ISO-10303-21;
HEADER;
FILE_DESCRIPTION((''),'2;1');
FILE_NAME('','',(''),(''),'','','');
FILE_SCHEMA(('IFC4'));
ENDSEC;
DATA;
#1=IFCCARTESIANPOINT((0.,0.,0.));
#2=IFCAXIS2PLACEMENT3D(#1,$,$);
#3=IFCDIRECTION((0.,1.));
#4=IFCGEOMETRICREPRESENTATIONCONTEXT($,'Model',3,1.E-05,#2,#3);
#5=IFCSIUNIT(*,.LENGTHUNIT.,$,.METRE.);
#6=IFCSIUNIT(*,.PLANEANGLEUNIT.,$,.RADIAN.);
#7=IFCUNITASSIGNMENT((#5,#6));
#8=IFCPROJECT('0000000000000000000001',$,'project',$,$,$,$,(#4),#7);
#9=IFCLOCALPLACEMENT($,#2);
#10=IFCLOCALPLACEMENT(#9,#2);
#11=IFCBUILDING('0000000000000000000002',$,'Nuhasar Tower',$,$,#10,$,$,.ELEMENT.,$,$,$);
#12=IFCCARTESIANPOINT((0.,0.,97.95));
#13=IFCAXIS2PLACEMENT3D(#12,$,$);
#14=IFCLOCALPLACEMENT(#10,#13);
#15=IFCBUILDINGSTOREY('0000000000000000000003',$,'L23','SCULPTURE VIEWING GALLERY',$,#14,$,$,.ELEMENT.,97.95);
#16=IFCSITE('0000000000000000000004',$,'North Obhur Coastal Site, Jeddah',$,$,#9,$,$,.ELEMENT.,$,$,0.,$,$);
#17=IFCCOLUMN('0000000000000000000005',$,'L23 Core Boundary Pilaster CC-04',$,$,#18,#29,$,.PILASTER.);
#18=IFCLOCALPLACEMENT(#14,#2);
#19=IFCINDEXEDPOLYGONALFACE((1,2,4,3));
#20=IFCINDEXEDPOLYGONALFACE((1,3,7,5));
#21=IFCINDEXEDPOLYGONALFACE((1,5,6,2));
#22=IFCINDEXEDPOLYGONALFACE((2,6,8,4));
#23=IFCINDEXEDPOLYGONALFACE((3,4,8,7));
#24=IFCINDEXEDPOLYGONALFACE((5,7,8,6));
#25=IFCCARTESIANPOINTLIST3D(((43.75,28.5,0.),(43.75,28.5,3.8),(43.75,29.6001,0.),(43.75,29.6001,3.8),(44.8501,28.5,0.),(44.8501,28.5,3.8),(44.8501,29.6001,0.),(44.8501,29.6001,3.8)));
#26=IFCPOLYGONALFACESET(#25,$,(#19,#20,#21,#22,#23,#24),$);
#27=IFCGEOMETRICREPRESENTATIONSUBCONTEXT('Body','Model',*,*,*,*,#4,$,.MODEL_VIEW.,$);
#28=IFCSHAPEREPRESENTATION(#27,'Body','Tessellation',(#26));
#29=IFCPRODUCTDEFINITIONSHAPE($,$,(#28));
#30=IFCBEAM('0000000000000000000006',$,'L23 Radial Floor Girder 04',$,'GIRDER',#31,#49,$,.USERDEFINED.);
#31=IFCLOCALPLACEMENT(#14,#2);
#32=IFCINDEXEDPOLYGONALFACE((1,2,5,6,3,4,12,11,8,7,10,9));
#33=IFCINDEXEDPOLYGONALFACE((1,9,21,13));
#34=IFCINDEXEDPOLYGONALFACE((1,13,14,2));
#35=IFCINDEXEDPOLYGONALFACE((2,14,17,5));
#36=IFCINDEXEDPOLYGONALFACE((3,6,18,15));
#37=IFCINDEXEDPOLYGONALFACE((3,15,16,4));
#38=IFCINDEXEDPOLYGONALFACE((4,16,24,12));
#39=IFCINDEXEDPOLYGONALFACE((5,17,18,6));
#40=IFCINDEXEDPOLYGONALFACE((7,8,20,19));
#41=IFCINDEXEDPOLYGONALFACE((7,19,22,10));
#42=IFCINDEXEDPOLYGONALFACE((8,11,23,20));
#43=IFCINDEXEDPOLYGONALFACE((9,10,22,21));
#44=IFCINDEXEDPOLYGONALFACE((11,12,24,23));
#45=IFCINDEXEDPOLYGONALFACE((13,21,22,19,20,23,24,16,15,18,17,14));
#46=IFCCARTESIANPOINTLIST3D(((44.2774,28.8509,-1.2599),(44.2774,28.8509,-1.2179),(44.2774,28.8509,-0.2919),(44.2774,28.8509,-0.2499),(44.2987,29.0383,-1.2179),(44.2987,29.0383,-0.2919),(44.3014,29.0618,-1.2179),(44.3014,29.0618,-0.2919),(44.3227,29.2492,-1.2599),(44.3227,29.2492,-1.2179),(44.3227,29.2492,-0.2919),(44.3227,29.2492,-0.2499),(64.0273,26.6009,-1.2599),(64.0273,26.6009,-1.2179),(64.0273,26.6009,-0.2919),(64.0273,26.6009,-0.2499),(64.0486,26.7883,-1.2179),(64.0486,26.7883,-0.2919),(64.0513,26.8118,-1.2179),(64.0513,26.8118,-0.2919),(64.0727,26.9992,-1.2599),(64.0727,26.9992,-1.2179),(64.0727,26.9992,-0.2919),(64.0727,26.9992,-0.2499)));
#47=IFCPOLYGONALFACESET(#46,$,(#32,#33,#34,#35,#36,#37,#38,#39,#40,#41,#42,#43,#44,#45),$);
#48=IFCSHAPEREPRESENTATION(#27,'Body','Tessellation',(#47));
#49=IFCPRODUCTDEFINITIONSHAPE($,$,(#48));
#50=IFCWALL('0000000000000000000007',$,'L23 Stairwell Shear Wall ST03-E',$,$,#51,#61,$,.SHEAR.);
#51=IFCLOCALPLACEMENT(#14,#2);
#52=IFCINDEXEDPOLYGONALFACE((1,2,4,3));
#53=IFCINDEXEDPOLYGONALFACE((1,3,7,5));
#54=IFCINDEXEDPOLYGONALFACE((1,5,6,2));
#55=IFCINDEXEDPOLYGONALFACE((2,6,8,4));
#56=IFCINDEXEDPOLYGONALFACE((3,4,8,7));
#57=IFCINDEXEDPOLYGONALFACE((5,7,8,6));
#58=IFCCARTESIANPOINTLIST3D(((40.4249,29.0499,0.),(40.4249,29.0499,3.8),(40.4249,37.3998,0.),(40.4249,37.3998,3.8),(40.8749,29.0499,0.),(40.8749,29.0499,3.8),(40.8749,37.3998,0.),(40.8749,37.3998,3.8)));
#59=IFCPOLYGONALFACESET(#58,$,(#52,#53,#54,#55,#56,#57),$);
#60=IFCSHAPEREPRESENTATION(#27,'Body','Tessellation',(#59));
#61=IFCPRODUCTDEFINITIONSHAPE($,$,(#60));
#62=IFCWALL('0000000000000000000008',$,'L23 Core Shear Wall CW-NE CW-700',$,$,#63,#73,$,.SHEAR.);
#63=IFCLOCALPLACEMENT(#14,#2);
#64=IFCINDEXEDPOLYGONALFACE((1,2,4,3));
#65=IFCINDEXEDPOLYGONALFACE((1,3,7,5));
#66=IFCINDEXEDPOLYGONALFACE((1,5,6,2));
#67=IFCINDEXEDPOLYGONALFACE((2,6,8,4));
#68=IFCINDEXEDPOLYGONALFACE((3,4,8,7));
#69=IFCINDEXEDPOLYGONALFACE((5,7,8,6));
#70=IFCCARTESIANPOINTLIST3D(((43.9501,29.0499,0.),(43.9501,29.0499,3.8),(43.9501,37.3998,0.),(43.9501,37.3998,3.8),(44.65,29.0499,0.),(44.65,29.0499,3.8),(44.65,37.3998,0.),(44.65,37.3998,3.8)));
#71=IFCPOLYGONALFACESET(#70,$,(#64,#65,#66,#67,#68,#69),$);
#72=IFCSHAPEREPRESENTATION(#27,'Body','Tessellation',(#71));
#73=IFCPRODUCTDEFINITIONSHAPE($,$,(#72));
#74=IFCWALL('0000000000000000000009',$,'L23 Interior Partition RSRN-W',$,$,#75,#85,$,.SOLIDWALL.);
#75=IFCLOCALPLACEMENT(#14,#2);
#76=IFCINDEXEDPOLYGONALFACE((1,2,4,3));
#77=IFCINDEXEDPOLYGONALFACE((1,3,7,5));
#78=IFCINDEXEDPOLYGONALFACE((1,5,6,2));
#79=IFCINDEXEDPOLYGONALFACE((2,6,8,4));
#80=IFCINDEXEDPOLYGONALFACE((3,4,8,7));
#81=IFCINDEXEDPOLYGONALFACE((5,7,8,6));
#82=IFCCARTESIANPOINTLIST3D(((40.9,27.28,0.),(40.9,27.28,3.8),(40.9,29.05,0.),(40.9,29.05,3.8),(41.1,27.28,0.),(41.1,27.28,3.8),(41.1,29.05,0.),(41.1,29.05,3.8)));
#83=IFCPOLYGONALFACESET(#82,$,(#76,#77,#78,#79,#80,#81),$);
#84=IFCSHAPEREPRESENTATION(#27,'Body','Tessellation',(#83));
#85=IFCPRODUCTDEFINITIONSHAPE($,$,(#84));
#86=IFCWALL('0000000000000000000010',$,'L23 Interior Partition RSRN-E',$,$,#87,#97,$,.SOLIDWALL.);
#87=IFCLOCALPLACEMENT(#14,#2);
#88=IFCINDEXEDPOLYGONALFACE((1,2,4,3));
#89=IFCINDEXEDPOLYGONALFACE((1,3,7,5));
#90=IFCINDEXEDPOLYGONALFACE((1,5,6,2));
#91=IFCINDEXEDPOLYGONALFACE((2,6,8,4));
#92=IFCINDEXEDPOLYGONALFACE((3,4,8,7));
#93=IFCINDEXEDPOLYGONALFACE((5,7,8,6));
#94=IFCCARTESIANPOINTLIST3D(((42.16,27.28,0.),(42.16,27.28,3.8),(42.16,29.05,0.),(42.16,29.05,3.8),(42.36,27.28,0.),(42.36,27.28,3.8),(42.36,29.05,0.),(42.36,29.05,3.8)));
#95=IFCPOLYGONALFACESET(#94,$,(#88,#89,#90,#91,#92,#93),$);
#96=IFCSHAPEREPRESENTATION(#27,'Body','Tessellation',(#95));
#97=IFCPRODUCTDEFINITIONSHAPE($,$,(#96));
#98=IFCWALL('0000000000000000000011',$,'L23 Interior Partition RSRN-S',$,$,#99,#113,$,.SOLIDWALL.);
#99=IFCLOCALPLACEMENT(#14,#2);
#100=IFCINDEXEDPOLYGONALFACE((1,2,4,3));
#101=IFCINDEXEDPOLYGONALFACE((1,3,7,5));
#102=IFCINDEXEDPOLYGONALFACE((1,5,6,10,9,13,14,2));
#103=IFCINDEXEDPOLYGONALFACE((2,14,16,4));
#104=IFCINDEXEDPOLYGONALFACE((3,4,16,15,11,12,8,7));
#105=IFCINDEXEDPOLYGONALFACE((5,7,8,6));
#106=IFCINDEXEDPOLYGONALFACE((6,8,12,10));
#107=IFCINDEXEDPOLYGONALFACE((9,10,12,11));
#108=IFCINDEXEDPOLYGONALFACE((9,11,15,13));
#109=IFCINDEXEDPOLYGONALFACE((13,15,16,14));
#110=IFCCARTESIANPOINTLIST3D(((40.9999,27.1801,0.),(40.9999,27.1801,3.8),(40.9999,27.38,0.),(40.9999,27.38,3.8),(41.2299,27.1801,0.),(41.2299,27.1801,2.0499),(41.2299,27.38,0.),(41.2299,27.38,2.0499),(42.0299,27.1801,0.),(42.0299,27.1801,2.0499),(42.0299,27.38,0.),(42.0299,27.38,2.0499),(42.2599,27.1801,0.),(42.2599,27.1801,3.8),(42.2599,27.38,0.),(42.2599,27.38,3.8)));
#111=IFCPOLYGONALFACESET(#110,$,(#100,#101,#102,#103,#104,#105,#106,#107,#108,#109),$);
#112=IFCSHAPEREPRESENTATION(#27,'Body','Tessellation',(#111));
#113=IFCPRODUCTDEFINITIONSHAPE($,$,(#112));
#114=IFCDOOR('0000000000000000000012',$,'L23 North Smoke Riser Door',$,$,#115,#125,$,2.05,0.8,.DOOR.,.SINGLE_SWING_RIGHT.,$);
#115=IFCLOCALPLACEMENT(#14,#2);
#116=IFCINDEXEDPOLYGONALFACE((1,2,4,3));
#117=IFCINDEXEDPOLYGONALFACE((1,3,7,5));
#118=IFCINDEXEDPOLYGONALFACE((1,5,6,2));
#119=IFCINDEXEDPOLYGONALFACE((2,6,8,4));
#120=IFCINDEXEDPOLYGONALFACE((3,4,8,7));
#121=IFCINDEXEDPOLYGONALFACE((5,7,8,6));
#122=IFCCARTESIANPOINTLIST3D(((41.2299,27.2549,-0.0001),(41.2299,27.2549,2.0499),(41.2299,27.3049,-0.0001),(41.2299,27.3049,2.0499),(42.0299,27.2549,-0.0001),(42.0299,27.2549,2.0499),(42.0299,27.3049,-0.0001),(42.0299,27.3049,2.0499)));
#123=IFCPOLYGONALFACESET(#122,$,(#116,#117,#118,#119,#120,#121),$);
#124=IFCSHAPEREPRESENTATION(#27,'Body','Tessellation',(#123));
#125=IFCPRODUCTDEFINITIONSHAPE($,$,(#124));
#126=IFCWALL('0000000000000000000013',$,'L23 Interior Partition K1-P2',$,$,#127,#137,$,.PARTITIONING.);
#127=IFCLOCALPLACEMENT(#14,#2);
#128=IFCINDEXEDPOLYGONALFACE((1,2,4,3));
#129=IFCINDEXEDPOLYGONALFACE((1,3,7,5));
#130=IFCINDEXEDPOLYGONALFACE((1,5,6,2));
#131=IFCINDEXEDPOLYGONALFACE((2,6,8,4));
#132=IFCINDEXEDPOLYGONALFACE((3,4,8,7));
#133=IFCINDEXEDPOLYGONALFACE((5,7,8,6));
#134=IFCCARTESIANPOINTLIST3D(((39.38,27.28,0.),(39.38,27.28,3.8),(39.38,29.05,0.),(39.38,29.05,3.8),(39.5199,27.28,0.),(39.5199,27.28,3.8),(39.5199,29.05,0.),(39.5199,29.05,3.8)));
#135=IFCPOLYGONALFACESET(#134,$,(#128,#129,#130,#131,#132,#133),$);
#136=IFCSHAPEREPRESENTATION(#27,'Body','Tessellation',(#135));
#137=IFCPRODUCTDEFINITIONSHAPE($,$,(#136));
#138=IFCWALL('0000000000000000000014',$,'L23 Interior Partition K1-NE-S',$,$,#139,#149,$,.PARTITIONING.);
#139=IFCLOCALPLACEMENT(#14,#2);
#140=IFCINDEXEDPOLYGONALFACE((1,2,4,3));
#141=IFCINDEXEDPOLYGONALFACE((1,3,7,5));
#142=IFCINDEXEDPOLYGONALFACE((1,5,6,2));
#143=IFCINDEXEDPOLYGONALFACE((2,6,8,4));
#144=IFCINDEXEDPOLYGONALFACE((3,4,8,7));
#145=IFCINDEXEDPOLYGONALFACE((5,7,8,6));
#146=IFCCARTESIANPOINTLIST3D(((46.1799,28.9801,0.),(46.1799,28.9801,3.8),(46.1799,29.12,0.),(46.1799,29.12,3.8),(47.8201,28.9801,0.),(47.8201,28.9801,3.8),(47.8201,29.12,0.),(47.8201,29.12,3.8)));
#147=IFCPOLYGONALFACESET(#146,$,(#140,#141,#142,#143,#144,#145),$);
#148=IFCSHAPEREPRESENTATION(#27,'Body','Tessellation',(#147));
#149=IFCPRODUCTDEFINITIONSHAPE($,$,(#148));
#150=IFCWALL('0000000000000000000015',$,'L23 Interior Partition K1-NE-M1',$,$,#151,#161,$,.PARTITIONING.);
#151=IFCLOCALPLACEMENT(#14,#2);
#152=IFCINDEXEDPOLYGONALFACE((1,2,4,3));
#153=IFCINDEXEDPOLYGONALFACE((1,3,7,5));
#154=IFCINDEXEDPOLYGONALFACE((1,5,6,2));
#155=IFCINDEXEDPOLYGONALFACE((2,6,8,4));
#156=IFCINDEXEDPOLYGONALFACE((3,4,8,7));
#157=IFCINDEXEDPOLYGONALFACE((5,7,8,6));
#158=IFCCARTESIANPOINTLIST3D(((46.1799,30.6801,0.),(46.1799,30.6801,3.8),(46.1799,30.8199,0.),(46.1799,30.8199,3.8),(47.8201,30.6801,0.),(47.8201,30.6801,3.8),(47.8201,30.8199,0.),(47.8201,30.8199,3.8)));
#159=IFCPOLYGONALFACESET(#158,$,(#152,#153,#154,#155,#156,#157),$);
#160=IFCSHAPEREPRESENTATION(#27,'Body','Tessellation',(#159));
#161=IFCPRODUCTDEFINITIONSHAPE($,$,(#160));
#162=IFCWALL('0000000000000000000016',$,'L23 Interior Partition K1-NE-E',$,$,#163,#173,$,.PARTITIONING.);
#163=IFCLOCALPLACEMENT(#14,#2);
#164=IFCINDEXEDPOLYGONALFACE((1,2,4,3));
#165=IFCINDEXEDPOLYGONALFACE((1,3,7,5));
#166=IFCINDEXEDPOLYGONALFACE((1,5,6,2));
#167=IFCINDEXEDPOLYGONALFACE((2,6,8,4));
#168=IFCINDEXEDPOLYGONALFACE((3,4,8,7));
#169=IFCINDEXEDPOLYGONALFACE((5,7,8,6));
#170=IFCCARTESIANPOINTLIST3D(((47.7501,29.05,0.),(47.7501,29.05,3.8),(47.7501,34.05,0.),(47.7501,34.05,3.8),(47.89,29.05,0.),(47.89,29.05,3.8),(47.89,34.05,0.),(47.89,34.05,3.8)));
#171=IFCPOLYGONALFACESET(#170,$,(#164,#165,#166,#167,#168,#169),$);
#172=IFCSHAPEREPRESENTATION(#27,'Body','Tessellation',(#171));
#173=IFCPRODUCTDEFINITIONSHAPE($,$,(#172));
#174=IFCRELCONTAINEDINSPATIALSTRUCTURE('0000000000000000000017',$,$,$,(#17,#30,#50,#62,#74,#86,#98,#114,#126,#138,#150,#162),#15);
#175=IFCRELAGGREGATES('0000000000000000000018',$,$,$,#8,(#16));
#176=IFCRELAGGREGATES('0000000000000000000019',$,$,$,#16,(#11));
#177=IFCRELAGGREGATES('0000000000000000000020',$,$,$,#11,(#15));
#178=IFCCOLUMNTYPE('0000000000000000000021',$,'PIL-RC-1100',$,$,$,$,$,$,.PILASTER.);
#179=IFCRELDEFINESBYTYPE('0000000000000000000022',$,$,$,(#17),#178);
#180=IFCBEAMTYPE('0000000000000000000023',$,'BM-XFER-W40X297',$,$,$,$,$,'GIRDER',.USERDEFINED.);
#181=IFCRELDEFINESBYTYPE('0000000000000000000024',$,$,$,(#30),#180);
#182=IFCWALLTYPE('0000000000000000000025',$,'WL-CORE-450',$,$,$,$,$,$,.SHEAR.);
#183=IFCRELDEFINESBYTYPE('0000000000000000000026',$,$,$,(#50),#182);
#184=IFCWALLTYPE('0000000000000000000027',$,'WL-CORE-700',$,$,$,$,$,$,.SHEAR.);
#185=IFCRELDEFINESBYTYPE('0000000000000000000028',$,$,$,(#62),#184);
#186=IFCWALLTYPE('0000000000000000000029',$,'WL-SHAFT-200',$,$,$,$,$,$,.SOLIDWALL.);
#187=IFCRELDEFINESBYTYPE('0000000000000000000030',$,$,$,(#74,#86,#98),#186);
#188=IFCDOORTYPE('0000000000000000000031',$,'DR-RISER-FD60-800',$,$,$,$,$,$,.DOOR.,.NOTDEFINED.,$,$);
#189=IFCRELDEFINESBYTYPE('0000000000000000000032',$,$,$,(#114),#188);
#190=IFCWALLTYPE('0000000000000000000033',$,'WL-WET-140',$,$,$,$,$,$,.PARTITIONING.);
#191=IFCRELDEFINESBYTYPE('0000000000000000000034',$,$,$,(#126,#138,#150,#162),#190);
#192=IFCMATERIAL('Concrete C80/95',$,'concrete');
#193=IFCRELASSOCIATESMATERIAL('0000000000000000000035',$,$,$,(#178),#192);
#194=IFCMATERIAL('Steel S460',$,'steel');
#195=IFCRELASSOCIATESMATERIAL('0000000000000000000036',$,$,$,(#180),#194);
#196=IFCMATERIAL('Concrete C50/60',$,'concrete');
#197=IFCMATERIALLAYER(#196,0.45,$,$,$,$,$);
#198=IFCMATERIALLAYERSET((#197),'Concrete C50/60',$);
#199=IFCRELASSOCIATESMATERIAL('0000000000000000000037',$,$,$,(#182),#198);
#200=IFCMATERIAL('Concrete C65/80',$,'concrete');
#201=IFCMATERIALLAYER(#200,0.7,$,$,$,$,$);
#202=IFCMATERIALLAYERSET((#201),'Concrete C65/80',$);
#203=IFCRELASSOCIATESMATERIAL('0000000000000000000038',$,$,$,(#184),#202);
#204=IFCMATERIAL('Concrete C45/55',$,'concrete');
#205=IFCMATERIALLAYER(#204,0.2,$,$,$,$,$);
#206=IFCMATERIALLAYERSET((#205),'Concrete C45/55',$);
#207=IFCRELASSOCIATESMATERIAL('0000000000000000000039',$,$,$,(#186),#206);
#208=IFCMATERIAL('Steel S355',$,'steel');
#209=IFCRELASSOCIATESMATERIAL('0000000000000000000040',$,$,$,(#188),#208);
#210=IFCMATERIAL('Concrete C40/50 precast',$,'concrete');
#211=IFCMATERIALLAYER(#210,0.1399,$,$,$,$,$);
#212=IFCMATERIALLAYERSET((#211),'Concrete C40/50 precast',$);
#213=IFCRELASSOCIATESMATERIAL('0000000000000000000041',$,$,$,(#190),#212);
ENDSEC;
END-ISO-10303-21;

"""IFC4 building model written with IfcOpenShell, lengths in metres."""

from ifc_helpers import new_model, si_unit, direction, frame, frame_2d, origin, origin_2d, place, context, subcontext, project, spatial, rectangle, i_section, extrude, material, layer, layer_set, material_profile, profile_set, type_object, element, fill, save


model = new_model("IFC4")

# Units and contexts
model_context = context("Model", 3, precision=1e-05, world=origin(), true_north=direction((0.0, 1.0)))
body_context = subcontext(model_context, "Body", "Model", "MODEL_VIEW")
ifc_project = project(units=[si_unit("LENGTHUNIT", "METRE"), si_unit("PLANEANGLEUNIT", "RADIAN")], contexts=[model_context])

# Site, building, storey
site_placement = place(None, origin())
site = spatial("IfcSite", under=ifc_project, at=site_placement, Name="North Obhur Coastal Site, Jeddah", CompositionType="ELEMENT", RefElevation=0.0)
building_placement = place(site_placement, origin())
building = spatial("IfcBuilding", under=site, at=building_placement, Name="Nuhasar Tower", CompositionType="ELEMENT")
storey_placement = place(building_placement, frame((0.0, 0.0, 97.95)))
storey = spatial("IfcBuildingStorey", under=building, at=storey_placement, Name="L23", Description="SCULPTURE VIEWING GALLERY", CompositionType="ELEMENT", Elevation=97.95)

# Column
ifc_material_1 = material(Name="Concrete C80/95", Category="concrete")
ifc_material_profile_1 = material_profile(ifc_material_1, rectangle(XDim=1.1001, YDim=1.1001, at=origin_2d()), Name="RC1100X1100")
ifc_profile_set_1 = profile_set([ifc_material_profile_1], Name="Concrete C80/95")
column_type = type_object("IfcColumnType", Name="PIL-RC-1100", PredefinedType="PILASTER", material=ifc_profile_set_1)
column_placement = place(storey_placement, frame((44.3, 29.05, 0.0), z_axis=(0.0, 0.0, 1.0), x_axis=(1.0, 0.0, 0.0)))
element("IfcColumn", 1, at=column_placement, inside=storey, type_object=column_type, Name="L23 Core Boundary Pilaster CC-04", PredefinedType="PILASTER", context=body_context, shape_type="SweptSolid", body=[
    extrude(rectangle(XDim=1.1001, YDim=1.1001, at=origin_2d()), origin(), (0.0, 0.0, 1.0), 3.8),
])

# Beam
ifc_material_2 = material(Name="Steel S460", Category="steel")
ifc_material_profile_2 = material_profile(ifc_material_2, i_section(OverallWidth=0.4009, OverallDepth=1.01, WebThickness=0.0237, FlangeThickness=0.042, at=origin_2d()), Name="W40X297")
ifc_profile_set_2 = profile_set([ifc_material_profile_2], Name="Steel S460")
beam_type = type_object("IfcBeamType", Name="BM-XFER-W40X297", ElementType="GIRDER", PredefinedType="USERDEFINED", material=ifc_profile_set_2)
beam_placement = place(storey_placement, frame((44.3, 29.05, -0.7549), z_axis=(0.993573, -0.113192, 0.0), x_axis=(0.113192, 0.993573, 0.0)))
element("IfcBeam", 2, at=beam_placement, inside=storey, type_object=beam_type, Name="L23 Radial Floor Girder 04", ObjectType="GIRDER", PredefinedType="USERDEFINED", context=body_context, shape_type="SweptSolid", body=[
    extrude(i_section(OverallWidth=0.4009, OverallDepth=1.01, WebThickness=0.0237, FlangeThickness=0.042, at=origin_2d()), origin(), (0.0, 0.0, 1.0), 19.8777),
])

# Walls
ifc_material_3 = material(Name="Concrete C50/60", Category="concrete")
ifc_layer_1 = layer(ifc_material_3, 0.45)
ifc_layer_set_1 = layer_set([ifc_layer_1], Name="Concrete C50/60")
wall_type_1 = type_object("IfcWallType", Name="WL-CORE-450", PredefinedType="SHEAR", material=ifc_layer_set_1)
wall_1_placement = place(storey_placement, frame((40.6499, 29.05, 0.0), z_axis=(0.0, 0.0, 1.0), x_axis=(0.0, 1.0, 0.0)))
element("IfcWall", 3, at=wall_1_placement, inside=storey, type_object=wall_type_1, Name="L23 Stairwell Shear Wall ST03-E", PredefinedType="SHEAR", context=body_context, shape_type="SweptSolid", body=[
    extrude(rectangle(XDim=8.3499, YDim=0.45, at=frame_2d((4.1748, 0.0))), origin(), (0.0, 0.0, 1.0), 3.8),
])
ifc_material_4 = material(Name="Concrete C65/80", Category="concrete")
ifc_layer_2 = layer(ifc_material_4, 0.7)
ifc_layer_set_2 = layer_set([ifc_layer_2], Name="Concrete C65/80")
wall_type_2 = type_object("IfcWallType", Name="WL-CORE-700", PredefinedType="SHEAR", material=ifc_layer_set_2)
wall_2_placement = place(storey_placement, frame((44.3, 29.05, 0.0), z_axis=(0.0, 0.0, 1.0), x_axis=(0.0, 1.0, 0.0)))
element("IfcWall", 4, at=wall_2_placement, inside=storey, type_object=wall_type_2, Name="L23 Core Shear Wall CW-NE CW-700", PredefinedType="SHEAR", context=body_context, shape_type="SweptSolid", body=[
    extrude(rectangle(XDim=8.3499, YDim=0.7, at=frame_2d((4.1748, 0.0))), origin(), (0.0, 0.0, 1.0), 3.8),
])
ifc_material_5 = material(Name="Concrete C45/55", Category="concrete")
ifc_layer_3 = layer(ifc_material_5, 0.2)
ifc_layer_set_3 = layer_set([ifc_layer_3], Name="Concrete C45/55")
wall_type_3 = type_object("IfcWallType", Name="WL-SHAFT-200", PredefinedType="SOLIDWALL", material=ifc_layer_set_3)
for number, where, z_axis, x_axis, name in (
    (5, (41.0, 27.28, 0.0), (0.0, 0.0, 1.0), (0.0, 1.0, 0.0), "L23 Interior Partition RSRN-W"),
    (6, (42.26, 27.28, 0.0), (0.0, 0.0, 1.0), (0.0, 1.0, 0.0), "L23 Interior Partition RSRN-E"),
):
    element("IfcWall", number, at=place(storey_placement, frame(where, z_axis=z_axis, x_axis=x_axis)), inside=storey, type_object=wall_type_3, Name=name, PredefinedType="SOLIDWALL", context=body_context, shape_type="SweptSolid", body=[
        extrude(rectangle(XDim=1.77, YDim=0.2, at=frame_2d((0.885, 0.0))), origin(), (0.0, 0.0, 1.0), 3.8),
    ])

# Wall, opening, door
wall_3_placement = place(storey_placement, frame((41.0, 27.28, 0.0), z_axis=(0.0, 0.0, 1.0), x_axis=(1.0, 0.0, 0.0)))
wall_3 = element("IfcWall", 7, at=wall_3_placement, inside=storey, type_object=wall_type_3, Name="L23 Interior Partition RSRN-S", PredefinedType="SOLIDWALL", context=body_context, shape_type="SweptSolid", body=[
    extrude(rectangle(XDim=1.26, YDim=0.2, at=frame_2d((0.6299, 0.0))), origin(), (0.0, 0.0, 1.0), 3.8),
])
opening_placement = place(wall_3_placement, frame((0.23, 0.0, 0.0)))
opening = element("IfcOpeningElement", 8, at=opening_placement, cuts=wall_3, PredefinedType="OPENING", context=body_context, shape_type="SweptSolid", body=[
    extrude(rectangle(XDim=0.8, YDim=2.05, at=frame_2d((0.3999, 1.0249))), frame((0.0, 0.1099, 0.0), z_axis=(0.0, -1.0, 0.0), x_axis=(1.0, 0.0, 0.0)), (0.0, 0.0, 1.0), 0.22),
])
ifc_material_6 = material(Name="Steel S355", Category="steel")
door_type = type_object("IfcDoorType", Name="DR-RISER-FD60-800", OperationType="NOTDEFINED", PredefinedType="DOOR", material=ifc_material_6)
door_placement = place(opening_placement, origin())
door = element("IfcDoor", 9, at=door_placement, inside=storey, type_object=door_type, Name="L23 North Smoke Riser Door", OperationType="SINGLE_SWING_RIGHT", OverallHeight=2.05, OverallWidth=0.8, PredefinedType="DOOR", context=body_context, shape_type="SweptSolid", body=[
    extrude(rectangle(XDim=0.8, YDim=2.05, at=frame_2d((0.3999, 1.0249))), frame((0.0, 0.0249, 0.0), z_axis=(0.0, -1.0, 0.0), x_axis=(1.0, 0.0, 0.0)), (0.0, 0.0, 1.0), 0.05),
])
fill(opening, door)

# Walls
ifc_material_7 = material(Name="Concrete C40/50 precast", Category="concrete")
ifc_layer_4 = layer(ifc_material_7, 0.1399)
ifc_layer_set_4 = layer_set([ifc_layer_4], Name="Concrete C40/50 precast")
wall_type_4 = type_object("IfcWallType", Name="WL-WET-140", PredefinedType="PARTITIONING", material=ifc_layer_set_4)
wall_4_placement = place(storey_placement, frame((39.45, 27.28, 0.0), z_axis=(0.0, 0.0, 1.0), x_axis=(0.0, 1.0, 0.0)))
element("IfcWall", 10, at=wall_4_placement, inside=storey, type_object=wall_type_4, Name="L23 Interior Partition K1-P2", PredefinedType="PARTITIONING", context=body_context, shape_type="SweptSolid", body=[
    extrude(rectangle(XDim=1.77, YDim=0.1399, at=frame_2d((0.885, 0.0))), origin(), (0.0, 0.0, 1.0), 3.8),
])
for number, where, z_axis, x_axis, name in (
    (11, (46.1799, 29.05, 0.0), (0.0, 0.0, 1.0), (1.0, 0.0, 0.0), "L23 Interior Partition K1-NE-S"),
    (12, (46.1799, 30.75, 0.0), (0.0, 0.0, 1.0), (1.0, 0.0, 0.0), "L23 Interior Partition K1-NE-M1"),
):
    element("IfcWall", number, at=place(storey_placement, frame(where, z_axis=z_axis, x_axis=x_axis)), inside=storey, type_object=wall_type_4, Name=name, PredefinedType="PARTITIONING", context=body_context, shape_type="SweptSolid", body=[
        extrude(rectangle(XDim=1.6401, YDim=0.1399, at=frame_2d((0.8201, 0.0))), origin(), (0.0, 0.0, 1.0), 3.8),
    ])
wall_5_placement = place(storey_placement, frame((47.8201, 29.05, 0.0), z_axis=(0.0, 0.0, 1.0), x_axis=(0.0, 1.0, 0.0)))
element("IfcWall", 13, at=wall_5_placement, inside=storey, type_object=wall_type_4, Name="L23 Interior Partition K1-NE-E", PredefinedType="PARTITIONING", context=body_context, shape_type="SweptSolid", body=[
    extrude(rectangle(XDim=5.0, YDim=0.1399, at=frame_2d((2.5, 0.0))), origin(), (0.0, 0.0, 1.0), 3.8),
])

save(model, "model.ifc")
